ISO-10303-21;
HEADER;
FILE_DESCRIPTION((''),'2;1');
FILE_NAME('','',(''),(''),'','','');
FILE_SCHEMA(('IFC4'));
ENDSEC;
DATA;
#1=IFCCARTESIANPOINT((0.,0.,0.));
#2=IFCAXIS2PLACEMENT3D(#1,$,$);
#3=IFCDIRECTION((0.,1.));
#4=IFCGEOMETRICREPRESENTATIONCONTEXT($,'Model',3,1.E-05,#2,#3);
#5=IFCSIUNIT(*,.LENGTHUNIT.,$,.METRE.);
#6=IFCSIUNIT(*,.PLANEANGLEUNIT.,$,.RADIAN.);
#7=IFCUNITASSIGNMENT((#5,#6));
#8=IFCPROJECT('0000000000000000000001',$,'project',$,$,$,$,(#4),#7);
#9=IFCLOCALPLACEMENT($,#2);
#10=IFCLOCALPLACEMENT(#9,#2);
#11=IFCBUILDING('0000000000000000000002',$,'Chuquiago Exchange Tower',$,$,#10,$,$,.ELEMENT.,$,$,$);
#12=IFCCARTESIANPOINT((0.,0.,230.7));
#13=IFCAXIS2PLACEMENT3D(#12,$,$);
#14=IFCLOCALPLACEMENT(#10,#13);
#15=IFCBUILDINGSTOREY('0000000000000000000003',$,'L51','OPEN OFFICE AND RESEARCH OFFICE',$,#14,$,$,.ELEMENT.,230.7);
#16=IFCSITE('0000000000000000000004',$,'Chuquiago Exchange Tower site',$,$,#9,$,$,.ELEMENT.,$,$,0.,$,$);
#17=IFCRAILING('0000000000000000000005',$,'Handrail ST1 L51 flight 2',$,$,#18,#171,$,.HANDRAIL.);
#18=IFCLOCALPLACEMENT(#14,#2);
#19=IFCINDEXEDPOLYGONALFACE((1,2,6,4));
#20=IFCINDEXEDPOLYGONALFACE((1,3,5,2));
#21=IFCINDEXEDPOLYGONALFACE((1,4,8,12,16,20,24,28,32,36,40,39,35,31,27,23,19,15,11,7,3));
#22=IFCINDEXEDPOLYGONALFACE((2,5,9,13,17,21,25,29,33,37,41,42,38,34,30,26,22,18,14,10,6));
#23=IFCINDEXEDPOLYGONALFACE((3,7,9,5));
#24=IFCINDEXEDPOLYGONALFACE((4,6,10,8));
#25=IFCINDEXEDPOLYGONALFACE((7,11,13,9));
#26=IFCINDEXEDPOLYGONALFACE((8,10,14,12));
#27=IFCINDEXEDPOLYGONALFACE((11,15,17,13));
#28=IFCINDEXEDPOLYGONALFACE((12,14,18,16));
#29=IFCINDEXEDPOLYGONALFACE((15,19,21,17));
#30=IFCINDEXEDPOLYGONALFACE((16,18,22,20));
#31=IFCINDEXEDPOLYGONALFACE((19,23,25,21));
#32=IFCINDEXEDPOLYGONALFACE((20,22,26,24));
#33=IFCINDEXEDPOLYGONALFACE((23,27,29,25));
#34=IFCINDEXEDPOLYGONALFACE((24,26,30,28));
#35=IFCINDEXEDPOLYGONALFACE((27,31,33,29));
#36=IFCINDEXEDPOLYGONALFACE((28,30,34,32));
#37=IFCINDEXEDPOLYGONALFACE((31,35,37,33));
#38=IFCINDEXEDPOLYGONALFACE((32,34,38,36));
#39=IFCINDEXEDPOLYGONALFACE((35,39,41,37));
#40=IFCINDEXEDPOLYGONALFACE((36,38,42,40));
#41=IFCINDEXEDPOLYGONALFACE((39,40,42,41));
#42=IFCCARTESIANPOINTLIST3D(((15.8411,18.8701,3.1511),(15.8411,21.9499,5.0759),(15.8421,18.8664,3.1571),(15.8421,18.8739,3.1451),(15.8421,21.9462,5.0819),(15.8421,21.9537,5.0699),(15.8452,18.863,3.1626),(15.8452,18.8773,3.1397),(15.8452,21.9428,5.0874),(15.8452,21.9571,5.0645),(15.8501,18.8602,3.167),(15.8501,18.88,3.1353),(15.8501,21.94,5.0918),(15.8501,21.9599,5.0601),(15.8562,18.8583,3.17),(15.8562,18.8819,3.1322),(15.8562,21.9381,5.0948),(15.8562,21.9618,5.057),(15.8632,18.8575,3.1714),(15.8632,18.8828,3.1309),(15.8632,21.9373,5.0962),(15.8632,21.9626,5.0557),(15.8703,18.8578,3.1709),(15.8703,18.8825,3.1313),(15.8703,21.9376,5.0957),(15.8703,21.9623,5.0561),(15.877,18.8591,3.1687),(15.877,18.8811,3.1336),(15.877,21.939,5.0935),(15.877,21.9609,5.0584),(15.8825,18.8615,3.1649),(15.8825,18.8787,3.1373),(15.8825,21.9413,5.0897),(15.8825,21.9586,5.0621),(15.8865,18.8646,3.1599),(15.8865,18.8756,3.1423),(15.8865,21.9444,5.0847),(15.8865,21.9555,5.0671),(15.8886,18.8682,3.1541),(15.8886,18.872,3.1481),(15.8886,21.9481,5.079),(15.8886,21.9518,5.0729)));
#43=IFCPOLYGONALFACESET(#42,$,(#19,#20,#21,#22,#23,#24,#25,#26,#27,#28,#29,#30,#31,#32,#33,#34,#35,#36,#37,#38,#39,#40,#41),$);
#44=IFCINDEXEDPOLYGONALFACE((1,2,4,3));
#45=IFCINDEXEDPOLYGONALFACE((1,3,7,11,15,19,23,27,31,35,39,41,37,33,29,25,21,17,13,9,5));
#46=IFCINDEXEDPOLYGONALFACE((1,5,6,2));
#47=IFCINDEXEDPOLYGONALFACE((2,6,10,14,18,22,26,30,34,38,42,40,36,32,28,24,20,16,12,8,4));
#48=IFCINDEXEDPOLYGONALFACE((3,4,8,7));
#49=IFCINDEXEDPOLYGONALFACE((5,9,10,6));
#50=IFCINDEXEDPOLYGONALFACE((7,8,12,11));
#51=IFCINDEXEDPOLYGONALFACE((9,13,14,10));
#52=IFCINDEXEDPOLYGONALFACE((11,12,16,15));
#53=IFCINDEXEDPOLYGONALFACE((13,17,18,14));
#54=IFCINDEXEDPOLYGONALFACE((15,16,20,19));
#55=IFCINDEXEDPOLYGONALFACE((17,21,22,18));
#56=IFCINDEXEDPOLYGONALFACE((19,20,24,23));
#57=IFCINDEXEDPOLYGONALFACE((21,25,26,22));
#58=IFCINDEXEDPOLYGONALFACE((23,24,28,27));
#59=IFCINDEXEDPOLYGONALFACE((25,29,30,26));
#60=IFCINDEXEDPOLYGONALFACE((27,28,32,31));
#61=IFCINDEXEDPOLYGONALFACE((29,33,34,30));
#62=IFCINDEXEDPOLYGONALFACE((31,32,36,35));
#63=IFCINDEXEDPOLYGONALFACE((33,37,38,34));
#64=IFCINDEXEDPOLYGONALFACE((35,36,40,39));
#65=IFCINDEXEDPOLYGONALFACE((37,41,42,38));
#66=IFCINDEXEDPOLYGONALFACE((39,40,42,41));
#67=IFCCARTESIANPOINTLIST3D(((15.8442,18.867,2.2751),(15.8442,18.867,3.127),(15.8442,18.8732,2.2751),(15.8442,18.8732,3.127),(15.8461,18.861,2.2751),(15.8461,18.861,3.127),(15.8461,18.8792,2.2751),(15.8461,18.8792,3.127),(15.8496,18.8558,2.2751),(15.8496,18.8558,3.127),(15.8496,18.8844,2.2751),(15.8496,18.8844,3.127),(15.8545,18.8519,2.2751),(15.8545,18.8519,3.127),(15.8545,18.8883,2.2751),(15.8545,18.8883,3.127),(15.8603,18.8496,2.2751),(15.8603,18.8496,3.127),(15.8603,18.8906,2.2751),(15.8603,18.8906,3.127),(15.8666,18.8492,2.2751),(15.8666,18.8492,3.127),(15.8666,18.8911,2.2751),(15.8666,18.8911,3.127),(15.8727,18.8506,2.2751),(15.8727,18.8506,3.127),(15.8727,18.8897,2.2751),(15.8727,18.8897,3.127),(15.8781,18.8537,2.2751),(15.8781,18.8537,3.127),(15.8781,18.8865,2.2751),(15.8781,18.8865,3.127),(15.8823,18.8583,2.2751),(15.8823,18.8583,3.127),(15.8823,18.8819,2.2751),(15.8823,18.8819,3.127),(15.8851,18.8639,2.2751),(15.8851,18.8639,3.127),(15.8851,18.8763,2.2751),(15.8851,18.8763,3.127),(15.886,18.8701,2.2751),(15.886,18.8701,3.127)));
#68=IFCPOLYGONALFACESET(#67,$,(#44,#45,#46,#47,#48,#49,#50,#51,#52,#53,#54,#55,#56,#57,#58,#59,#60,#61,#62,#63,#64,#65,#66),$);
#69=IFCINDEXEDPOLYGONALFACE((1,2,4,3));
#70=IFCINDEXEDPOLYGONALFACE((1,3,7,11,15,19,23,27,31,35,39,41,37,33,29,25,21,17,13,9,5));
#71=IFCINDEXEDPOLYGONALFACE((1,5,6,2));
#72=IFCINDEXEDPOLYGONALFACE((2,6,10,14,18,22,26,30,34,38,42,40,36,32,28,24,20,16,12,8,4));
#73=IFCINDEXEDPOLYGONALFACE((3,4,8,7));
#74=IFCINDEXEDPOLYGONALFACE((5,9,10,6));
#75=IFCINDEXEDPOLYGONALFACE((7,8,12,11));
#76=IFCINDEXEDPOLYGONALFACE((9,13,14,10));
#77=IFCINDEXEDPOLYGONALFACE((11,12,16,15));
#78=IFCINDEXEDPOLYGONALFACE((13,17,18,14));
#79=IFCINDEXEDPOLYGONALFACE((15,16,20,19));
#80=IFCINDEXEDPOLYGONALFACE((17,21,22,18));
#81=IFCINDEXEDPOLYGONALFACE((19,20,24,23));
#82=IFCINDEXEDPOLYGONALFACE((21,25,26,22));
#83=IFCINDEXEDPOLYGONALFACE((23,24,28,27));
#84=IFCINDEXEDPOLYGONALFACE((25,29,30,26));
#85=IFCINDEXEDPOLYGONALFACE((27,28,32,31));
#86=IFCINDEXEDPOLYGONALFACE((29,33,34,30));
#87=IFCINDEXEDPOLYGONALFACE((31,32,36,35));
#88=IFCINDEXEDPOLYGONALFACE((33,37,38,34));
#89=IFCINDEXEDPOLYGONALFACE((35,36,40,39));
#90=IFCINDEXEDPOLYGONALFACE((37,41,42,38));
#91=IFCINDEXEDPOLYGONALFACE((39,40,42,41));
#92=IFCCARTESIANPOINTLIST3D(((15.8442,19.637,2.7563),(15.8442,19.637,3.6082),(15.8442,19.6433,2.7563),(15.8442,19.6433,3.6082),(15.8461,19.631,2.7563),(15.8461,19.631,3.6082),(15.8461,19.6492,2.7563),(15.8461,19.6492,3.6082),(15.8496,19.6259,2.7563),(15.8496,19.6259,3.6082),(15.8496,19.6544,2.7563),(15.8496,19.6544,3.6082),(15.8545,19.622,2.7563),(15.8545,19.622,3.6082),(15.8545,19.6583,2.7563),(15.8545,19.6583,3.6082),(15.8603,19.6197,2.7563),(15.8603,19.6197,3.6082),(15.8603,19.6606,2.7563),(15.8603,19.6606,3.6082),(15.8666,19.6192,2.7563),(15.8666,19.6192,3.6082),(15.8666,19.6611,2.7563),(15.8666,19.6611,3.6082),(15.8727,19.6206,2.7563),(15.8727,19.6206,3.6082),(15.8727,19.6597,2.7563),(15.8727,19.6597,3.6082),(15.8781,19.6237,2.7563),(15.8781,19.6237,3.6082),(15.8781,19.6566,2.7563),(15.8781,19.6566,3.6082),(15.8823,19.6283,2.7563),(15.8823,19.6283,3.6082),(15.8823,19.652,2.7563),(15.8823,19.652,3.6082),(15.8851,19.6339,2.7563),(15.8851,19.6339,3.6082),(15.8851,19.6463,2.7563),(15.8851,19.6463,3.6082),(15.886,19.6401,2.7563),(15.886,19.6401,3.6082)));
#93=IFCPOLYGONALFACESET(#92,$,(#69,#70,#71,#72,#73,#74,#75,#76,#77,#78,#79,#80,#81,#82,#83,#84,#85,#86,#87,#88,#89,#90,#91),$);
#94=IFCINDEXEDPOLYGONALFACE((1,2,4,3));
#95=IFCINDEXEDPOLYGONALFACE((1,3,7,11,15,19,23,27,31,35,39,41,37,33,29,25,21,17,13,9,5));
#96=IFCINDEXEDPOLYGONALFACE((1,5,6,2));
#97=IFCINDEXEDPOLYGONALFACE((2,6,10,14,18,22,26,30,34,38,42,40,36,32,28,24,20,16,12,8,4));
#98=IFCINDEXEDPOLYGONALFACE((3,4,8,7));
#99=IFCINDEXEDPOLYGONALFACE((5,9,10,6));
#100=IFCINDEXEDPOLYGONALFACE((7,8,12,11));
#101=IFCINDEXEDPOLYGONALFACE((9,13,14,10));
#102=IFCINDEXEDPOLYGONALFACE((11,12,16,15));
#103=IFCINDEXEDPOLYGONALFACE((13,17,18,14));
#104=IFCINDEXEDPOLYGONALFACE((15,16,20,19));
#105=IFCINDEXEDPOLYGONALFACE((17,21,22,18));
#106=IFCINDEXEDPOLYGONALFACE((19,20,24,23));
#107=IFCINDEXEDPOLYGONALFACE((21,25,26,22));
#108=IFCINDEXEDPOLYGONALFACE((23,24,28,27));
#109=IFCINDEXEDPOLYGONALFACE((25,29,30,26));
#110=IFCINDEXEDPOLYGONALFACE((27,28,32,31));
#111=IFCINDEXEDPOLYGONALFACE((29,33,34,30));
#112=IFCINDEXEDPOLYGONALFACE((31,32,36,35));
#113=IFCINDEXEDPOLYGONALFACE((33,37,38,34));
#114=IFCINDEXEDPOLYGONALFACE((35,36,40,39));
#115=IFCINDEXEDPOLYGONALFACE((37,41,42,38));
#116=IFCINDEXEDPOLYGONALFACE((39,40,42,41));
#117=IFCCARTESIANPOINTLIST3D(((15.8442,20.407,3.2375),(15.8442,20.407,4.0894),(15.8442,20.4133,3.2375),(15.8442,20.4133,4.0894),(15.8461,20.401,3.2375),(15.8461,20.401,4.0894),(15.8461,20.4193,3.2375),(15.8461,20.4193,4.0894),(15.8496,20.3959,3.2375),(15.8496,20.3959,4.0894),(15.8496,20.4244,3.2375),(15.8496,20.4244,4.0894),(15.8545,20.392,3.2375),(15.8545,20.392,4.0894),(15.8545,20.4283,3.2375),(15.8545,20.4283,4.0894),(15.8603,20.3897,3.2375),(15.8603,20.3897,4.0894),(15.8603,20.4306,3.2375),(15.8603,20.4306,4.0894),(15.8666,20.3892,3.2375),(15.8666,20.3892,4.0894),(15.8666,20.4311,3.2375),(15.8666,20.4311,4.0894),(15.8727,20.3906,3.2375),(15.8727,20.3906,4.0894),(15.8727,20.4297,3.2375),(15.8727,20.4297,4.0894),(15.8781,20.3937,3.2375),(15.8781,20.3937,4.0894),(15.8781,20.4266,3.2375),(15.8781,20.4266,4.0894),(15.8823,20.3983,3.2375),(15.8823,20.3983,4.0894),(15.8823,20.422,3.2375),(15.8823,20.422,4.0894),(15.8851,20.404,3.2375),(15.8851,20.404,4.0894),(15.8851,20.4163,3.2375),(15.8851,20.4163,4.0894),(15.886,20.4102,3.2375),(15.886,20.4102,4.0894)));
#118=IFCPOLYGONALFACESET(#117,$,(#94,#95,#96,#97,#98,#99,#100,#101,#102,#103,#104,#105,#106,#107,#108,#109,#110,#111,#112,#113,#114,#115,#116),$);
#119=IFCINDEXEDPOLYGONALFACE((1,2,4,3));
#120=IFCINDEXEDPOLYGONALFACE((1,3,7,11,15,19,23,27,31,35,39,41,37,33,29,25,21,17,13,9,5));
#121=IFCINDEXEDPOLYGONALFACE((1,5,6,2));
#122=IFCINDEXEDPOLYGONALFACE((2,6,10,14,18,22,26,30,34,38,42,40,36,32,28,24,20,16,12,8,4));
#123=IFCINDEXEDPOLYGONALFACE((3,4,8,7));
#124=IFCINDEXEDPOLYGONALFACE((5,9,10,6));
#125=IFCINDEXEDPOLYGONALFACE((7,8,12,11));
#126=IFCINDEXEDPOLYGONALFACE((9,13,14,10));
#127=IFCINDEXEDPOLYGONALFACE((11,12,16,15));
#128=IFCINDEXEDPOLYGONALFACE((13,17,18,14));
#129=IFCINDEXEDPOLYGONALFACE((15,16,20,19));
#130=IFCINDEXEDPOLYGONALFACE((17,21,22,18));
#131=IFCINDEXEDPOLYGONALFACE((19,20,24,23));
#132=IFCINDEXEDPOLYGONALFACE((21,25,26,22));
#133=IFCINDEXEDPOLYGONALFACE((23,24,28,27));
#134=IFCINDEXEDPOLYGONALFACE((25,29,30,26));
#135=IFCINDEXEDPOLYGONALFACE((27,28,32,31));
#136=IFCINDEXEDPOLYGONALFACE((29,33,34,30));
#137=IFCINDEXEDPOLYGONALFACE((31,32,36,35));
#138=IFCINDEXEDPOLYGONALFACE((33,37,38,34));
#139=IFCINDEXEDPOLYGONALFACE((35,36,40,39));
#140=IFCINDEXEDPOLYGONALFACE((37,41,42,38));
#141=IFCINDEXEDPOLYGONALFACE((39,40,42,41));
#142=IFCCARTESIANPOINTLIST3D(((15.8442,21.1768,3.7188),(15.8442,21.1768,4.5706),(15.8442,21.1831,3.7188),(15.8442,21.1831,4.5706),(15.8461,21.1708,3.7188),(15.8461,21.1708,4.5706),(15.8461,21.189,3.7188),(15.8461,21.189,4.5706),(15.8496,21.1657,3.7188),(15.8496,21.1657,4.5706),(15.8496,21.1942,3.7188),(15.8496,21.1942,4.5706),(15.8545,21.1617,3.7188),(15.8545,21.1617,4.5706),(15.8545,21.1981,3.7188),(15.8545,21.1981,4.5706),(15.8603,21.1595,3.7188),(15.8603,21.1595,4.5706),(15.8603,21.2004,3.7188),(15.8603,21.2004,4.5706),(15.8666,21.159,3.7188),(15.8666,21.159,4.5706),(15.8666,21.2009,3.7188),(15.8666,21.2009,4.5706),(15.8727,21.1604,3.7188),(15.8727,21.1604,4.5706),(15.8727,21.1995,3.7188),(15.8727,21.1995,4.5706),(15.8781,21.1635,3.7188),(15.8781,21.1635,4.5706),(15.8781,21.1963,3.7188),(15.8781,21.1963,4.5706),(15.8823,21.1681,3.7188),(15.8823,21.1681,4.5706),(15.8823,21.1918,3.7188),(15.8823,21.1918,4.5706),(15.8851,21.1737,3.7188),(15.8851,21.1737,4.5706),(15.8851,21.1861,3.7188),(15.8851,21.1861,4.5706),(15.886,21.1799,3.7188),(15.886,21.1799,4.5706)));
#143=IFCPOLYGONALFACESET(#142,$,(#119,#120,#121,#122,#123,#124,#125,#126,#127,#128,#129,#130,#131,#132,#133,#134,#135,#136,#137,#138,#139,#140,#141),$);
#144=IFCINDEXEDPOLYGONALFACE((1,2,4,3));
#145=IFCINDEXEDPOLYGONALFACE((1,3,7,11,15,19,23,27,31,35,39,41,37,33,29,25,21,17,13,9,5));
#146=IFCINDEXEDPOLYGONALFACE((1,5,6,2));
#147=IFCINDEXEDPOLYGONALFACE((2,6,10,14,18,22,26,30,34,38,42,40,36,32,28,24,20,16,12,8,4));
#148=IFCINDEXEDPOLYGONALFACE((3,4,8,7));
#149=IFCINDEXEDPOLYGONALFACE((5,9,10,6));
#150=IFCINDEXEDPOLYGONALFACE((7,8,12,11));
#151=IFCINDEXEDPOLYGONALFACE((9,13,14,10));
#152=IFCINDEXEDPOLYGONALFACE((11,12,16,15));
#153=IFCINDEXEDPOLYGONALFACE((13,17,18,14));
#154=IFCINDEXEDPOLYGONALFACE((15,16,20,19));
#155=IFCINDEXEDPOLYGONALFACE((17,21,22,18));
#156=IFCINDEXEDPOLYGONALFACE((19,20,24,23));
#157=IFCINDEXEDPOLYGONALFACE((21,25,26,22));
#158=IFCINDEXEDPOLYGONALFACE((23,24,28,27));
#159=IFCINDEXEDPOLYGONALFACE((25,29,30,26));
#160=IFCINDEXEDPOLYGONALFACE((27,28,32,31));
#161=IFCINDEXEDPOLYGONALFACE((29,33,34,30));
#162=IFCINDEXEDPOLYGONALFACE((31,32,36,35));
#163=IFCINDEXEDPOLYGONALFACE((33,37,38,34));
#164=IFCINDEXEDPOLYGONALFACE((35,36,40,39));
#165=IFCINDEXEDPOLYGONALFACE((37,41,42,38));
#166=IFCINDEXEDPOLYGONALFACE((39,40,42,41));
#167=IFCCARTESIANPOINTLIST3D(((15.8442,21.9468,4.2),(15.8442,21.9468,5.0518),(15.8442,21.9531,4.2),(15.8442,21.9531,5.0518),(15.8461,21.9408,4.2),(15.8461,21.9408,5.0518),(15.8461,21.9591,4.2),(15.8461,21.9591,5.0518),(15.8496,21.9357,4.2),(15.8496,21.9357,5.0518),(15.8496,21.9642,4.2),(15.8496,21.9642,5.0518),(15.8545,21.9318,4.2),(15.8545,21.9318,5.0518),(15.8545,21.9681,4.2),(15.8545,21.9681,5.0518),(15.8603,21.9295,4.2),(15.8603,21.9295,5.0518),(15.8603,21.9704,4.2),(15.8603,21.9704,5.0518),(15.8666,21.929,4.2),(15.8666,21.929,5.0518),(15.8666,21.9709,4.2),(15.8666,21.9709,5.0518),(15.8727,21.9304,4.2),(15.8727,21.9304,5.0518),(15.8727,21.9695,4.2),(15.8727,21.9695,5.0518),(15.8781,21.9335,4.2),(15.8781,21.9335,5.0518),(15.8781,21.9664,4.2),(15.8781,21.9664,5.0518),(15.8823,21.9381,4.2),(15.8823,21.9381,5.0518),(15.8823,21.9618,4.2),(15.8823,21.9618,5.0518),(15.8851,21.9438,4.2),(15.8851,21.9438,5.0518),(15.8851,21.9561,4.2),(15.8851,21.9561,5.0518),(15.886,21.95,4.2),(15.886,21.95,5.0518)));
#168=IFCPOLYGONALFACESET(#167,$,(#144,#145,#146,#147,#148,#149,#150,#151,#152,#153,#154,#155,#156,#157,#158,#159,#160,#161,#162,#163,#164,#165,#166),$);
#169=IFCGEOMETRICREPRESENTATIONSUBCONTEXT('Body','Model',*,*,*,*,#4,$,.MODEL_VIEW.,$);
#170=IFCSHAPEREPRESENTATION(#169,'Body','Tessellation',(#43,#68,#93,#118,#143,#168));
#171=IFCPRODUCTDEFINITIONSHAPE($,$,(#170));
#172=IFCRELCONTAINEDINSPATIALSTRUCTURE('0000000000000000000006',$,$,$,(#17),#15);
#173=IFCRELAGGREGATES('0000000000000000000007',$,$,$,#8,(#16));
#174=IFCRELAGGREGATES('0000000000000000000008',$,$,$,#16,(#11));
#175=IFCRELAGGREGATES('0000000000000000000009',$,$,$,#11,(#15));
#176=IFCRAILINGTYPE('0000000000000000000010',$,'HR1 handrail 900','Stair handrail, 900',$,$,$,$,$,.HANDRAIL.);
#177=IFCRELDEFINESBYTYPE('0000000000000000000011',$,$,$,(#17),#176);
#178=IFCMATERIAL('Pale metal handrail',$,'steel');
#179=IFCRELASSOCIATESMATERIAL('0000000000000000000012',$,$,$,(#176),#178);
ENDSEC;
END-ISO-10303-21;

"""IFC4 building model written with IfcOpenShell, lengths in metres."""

from ifc_helpers import new_model, si_unit, direction, frame, origin, origin_2d, place, context, subcontext, project, spatial, circle, extrude, material, type_object, element, save


model = new_model("IFC4")

# Units and contexts
model_context = context("Model", 3, precision=1e-05, world=origin(), true_north=direction((0.0, 1.0)))
body_context = subcontext(model_context, "Body", "Model", "MODEL_VIEW")
ifc_project = project(units=[si_unit("LENGTHUNIT", "METRE"), si_unit("PLANEANGLEUNIT", "RADIAN")], contexts=[model_context])

# Site, building, storey
site_placement = place(None, origin())
site = spatial("IfcSite", under=ifc_project, at=site_placement, Name="Chuquiago Exchange Tower site", CompositionType="ELEMENT", RefElevation=0.0)
building_placement = place(site_placement, origin())
building = spatial("IfcBuilding", under=site, at=building_placement, Name="Chuquiago Exchange Tower", CompositionType="ELEMENT")
storey_placement = place(building_placement, frame((0.0, 0.0, 230.7)))
storey = spatial("IfcBuildingStorey", under=building, at=storey_placement, Name="L51", Description="OPEN OFFICE AND RESEARCH OFFICE", CompositionType="ELEMENT", Elevation=230.7)

# Railing
ifc_material_1 = material(Name="Pale metal handrail", Category="steel")
railing_type_1 = type_object("IfcRailingType", Name="HR1 handrail 900", Description="Stair handrail, 900", PredefinedType="HANDRAIL", material=ifc_material_1)
for number, where, name in (
    (1, (15.865, 18.8701, 2.2751), "Handrail ST1 L51 flight 2"),
):
    element("IfcRailing", number, at=place(storey_placement, frame(where)), inside=storey, type_object=railing_type_1, Name=name, PredefinedType="HANDRAIL", context=body_context, shape_type="SweptSolid", body=[
        extrude(circle(Radius=0.0239, at=origin_2d()), frame((0.0, 0.0, 0.876), z_axis=(0.0, 0.84801, 0.529981), x_axis=(-1.0, 0.0, 0.0)), (0.0, 0.0, 1.0), 3.6318),
        extrude(circle(Radius=0.021, at=origin_2d()), origin(), (0.0, 0.0, 1.0), 0.8518),
        extrude(circle(Radius=0.021, at=origin_2d()), frame((0.0, 0.77, 0.4812)), (0.0, 0.0, 1.0), 0.8518),
        extrude(circle(Radius=0.021, at=origin_2d()), frame((0.0, 1.54, 0.9624)), (0.0, 0.0, 1.0), 0.8518),
        extrude(circle(Radius=0.021, at=origin_2d()), frame((0.0, 2.3098, 1.4436)), (0.0, 0.0, 1.0), 0.8518),
        extrude(circle(Radius=0.021, at=origin_2d()), frame((0.0, 3.0798, 1.9248)), (0.0, 0.0, 1.0), 0.8518),
    ])

save(model, "model.ifc")
